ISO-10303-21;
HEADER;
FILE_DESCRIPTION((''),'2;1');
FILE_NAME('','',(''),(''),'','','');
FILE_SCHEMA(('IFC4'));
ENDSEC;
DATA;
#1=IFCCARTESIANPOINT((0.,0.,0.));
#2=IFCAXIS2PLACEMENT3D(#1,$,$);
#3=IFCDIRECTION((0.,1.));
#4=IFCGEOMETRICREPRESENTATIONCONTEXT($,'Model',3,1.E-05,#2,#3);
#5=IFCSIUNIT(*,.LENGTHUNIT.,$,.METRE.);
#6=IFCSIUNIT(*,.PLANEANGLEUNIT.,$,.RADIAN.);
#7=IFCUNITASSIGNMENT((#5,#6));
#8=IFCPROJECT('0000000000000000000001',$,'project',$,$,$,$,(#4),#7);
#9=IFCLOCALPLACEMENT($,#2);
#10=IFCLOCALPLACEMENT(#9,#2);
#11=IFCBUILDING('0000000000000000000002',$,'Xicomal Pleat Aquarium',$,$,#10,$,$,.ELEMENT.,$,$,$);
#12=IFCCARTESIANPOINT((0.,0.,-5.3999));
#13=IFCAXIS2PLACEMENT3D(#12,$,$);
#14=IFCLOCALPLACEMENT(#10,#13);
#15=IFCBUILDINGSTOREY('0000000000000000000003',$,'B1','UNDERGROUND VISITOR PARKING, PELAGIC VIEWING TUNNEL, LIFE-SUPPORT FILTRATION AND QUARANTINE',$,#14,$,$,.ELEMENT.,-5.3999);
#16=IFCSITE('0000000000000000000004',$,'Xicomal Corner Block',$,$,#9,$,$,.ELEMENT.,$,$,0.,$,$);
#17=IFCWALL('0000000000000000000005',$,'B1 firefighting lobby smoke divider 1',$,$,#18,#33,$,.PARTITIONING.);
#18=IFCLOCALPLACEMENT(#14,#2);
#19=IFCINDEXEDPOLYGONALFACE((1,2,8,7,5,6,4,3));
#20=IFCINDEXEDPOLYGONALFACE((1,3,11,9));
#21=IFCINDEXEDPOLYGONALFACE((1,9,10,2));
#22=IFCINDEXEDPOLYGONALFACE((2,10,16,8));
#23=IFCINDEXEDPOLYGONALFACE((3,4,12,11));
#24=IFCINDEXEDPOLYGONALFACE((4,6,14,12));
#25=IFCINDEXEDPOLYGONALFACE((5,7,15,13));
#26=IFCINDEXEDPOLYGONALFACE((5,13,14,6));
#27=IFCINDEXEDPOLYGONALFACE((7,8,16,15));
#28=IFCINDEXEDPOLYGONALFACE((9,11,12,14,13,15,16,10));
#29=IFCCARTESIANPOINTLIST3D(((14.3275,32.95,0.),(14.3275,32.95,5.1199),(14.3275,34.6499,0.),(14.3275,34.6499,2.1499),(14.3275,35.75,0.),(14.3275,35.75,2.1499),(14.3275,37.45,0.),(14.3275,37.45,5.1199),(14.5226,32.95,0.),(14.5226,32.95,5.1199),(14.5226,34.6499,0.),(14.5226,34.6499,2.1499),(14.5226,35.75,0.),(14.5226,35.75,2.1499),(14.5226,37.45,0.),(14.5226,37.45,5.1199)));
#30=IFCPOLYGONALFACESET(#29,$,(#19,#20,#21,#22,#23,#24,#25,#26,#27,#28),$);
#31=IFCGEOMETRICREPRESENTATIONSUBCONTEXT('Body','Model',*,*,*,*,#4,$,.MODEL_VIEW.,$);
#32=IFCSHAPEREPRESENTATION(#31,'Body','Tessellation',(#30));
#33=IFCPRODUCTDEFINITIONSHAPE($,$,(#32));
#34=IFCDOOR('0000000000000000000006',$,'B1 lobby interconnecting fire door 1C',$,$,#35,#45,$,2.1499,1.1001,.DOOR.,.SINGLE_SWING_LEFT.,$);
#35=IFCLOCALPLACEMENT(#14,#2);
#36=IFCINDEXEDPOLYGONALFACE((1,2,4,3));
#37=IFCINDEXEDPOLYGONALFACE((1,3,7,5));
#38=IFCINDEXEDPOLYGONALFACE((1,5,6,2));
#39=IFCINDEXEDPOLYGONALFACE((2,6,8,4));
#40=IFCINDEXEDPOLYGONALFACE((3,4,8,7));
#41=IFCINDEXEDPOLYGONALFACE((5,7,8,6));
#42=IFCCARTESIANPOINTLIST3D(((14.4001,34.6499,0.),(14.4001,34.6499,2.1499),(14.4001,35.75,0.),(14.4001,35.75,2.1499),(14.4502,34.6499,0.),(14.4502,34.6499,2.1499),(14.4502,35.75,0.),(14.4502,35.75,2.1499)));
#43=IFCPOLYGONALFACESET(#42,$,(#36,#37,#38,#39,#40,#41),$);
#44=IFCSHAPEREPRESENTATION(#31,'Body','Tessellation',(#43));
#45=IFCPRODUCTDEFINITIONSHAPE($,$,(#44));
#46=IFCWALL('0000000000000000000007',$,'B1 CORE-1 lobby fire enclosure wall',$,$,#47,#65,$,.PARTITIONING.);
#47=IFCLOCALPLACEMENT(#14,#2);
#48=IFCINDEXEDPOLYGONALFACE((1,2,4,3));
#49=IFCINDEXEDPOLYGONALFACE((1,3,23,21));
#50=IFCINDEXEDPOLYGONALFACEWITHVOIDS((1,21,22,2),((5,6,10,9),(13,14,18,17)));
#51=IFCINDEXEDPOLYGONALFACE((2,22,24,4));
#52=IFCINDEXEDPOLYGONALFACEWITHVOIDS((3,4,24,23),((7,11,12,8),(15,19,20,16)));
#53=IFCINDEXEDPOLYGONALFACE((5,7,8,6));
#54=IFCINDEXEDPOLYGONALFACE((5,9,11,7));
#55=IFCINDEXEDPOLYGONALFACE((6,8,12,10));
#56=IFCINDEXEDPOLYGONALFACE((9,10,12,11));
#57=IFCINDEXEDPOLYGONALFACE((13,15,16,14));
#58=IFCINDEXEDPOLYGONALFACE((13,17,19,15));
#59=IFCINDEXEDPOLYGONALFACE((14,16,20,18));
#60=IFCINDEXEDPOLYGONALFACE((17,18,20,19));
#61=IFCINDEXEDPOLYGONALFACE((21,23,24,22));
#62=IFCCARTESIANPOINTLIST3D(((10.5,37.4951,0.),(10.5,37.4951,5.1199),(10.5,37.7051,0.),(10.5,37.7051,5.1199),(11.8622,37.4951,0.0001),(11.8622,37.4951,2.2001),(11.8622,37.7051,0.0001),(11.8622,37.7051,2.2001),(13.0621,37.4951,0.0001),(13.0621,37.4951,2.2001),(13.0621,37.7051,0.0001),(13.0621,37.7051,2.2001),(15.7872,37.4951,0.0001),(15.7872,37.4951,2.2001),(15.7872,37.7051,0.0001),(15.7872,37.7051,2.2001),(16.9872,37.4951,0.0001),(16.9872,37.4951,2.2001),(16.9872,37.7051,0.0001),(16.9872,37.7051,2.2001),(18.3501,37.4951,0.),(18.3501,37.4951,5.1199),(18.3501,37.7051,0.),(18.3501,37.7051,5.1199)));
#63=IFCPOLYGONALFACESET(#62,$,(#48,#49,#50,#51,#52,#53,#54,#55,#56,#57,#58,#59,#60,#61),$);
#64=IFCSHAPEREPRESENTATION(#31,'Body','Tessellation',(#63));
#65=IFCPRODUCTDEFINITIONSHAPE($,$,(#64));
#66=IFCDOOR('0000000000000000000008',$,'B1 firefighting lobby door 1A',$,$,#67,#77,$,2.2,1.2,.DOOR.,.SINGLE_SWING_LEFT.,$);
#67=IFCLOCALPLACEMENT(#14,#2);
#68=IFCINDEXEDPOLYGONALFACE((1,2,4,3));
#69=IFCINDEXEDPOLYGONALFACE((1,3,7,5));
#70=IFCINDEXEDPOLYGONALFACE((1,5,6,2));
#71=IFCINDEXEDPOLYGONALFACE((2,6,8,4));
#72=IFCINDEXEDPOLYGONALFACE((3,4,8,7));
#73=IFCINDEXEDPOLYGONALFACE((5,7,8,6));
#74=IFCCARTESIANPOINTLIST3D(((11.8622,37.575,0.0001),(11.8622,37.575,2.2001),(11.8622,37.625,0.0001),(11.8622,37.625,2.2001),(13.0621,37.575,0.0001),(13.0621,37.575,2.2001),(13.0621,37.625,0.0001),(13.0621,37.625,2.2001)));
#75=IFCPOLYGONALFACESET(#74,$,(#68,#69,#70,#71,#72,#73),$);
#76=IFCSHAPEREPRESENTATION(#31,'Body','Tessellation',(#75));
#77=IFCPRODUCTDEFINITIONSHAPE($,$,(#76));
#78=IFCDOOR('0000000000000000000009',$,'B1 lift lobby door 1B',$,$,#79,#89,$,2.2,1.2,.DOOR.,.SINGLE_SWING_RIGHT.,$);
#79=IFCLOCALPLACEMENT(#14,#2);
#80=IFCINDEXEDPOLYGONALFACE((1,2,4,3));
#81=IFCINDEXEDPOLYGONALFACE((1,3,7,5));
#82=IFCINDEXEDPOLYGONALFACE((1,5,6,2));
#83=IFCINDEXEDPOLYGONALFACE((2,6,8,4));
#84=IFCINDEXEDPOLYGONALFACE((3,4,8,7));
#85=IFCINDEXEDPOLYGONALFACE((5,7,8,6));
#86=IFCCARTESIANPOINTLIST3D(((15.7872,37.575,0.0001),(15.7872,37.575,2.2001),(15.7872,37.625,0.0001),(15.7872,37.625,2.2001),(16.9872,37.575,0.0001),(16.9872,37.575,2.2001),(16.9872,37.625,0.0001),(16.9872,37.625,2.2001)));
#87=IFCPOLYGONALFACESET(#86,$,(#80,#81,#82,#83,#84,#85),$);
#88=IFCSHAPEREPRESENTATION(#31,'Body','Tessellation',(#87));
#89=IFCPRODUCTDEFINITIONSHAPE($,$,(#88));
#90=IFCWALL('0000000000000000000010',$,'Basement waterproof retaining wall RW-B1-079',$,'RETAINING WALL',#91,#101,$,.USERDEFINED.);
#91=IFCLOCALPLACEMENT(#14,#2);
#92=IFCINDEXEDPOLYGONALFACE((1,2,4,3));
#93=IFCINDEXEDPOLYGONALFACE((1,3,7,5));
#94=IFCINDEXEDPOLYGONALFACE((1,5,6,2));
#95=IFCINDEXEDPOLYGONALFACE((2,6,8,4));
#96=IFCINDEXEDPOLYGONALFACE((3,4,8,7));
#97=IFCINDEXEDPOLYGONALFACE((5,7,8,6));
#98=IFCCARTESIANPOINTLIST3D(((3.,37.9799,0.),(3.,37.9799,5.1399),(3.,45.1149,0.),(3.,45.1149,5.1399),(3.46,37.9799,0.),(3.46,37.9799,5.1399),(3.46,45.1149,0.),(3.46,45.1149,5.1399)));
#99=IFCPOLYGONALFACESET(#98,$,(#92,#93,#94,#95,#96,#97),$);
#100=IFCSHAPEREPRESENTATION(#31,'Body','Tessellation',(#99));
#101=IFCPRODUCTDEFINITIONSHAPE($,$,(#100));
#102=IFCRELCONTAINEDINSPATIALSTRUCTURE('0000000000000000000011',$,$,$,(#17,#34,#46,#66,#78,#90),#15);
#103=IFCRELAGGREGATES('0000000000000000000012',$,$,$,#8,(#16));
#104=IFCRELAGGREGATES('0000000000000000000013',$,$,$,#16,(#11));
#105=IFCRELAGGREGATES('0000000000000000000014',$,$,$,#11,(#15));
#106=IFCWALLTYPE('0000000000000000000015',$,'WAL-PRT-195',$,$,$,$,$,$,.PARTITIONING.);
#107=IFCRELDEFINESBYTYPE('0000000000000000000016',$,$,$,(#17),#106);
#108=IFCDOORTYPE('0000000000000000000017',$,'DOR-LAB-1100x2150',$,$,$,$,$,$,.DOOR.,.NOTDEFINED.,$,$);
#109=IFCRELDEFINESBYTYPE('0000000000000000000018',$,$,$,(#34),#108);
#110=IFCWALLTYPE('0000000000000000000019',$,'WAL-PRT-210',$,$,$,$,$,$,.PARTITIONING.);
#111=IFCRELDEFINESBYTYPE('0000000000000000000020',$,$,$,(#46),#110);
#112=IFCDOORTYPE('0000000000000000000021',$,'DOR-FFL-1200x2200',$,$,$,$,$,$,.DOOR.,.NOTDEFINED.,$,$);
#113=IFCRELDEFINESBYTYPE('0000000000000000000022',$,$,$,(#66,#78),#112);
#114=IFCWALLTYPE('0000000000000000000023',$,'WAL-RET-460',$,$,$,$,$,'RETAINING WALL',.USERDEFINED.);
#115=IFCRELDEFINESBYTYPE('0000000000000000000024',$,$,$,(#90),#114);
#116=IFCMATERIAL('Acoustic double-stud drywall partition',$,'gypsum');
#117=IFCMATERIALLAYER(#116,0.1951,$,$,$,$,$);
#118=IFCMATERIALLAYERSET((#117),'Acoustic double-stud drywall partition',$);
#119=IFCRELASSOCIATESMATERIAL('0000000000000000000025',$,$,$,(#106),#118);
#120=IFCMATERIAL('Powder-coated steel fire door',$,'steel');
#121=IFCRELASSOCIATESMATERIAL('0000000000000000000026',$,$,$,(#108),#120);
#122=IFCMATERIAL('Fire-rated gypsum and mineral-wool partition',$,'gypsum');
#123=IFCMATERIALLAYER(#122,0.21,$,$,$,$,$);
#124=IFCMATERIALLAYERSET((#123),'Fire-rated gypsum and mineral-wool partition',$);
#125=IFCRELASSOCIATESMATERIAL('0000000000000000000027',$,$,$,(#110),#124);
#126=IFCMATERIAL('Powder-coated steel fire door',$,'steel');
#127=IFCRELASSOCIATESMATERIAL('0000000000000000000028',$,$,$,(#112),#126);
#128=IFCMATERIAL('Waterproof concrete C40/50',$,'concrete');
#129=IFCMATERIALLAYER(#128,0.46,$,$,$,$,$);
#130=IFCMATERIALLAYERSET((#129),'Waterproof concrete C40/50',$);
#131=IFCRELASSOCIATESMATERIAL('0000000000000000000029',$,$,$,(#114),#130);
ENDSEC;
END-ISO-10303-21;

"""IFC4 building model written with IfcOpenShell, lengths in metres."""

from ifc_helpers import new_model, si_unit, direction, frame, frame_2d, origin, place, context, subcontext, project, spatial, rectangle, extrude, material, layer, layer_set, type_object, element, fill, save


model = new_model("IFC4")

# Units and contexts
model_context = context("Model", 3, precision=1e-05, world=origin(), true_north=direction((0.0, 1.0)))
body_context = subcontext(model_context, "Body", "Model", "MODEL_VIEW")
ifc_project = project(units=[si_unit("LENGTHUNIT", "METRE"), si_unit("PLANEANGLEUNIT", "RADIAN")], contexts=[model_context])

# Site, building, storey
site_placement = place(None, origin())
site = spatial("IfcSite", under=ifc_project, at=site_placement, Name="Xicomal Corner Block", CompositionType="ELEMENT", RefElevation=0.0)
building_placement = place(site_placement, origin())
building = spatial("IfcBuilding", under=site, at=building_placement, Name="Xicomal Pleat Aquarium", CompositionType="ELEMENT")
storey_placement = place(building_placement, frame((0.0, 0.0, -5.3999)))
storey = spatial("IfcBuildingStorey", under=building, at=storey_placement, Name="B1", Description="UNDERGROUND VISITOR PARKING, PELAGIC VIEWING TUNNEL, LIFE-SUPPORT FILTRATION AND QUARANTINE", CompositionType="ELEMENT", Elevation=-5.3999)

# Wall, opening, door
ifc_material_1 = material(Name="Acoustic double-stud drywall partition", Category="gypsum")
ifc_layer_1 = layer(ifc_material_1, 0.1951)
ifc_layer_set_1 = layer_set([ifc_layer_1], Name="Acoustic double-stud drywall partition")
wall_type_1 = type_object("IfcWallType", Name="WAL-PRT-195", PredefinedType="PARTITIONING", material=ifc_layer_set_1)
wall_1_placement = place(storey_placement, frame((14.425, 32.95, 0.0), z_axis=(0.0, 0.0, 1.0), x_axis=(0.0, 1.0, 0.0)))
wall_1 = element("IfcWall", 1, at=wall_1_placement, inside=storey, type_object=wall_type_1, Name="B1 firefighting lobby smoke divider 1", PredefinedType="PARTITIONING", context=body_context, shape_type="SweptSolid", body=[
    extrude(rectangle(XDim=4.5, YDim=0.1951, at=frame_2d((2.25, 0.0))), origin(), (0.0, 0.0, 1.0), 5.1199),
])
opening_1_placement = place(wall_1_placement, frame((1.7, 0.0, 0.0)))
opening_1 = element("IfcOpeningElement", 2, at=opening_1_placement, cuts=wall_1, PredefinedType="OPENING", context=body_context, shape_type="SweptSolid", body=[
    extrude(rectangle(XDim=1.1001, YDim=2.1499, at=frame_2d((0.55, 1.075))), frame((0.0, 0.1074, 0.0), z_axis=(0.0, -1.0, 0.0), x_axis=(1.0, 0.0, 0.0)), (0.0, 0.0, 1.0), 0.2151),
])
ifc_material_2 = material(Name="Powder-coated steel fire door", Category="steel")
door_type_1 = type_object("IfcDoorType", Name="DOR-LAB-1100x2150", OperationType="NOTDEFINED", PredefinedType="DOOR", material=ifc_material_2)
door_1_placement = place(opening_1_placement, origin())
door_1 = element("IfcDoor", 3, at=door_1_placement, inside=storey, type_object=door_type_1, Name="B1 lobby interconnecting fire door 1C", OperationType="SINGLE_SWING_LEFT", OverallHeight=2.1499, OverallWidth=1.1001, PredefinedType="DOOR", context=body_context, shape_type="SweptSolid", body=[
    extrude(rectangle(XDim=1.1001, YDim=2.1499, at=frame_2d((0.55, 1.075))), frame((0.0, 0.0249, 0.0), z_axis=(0.0, -1.0, 0.0), x_axis=(1.0, 0.0, 0.0)), (0.0, 0.0, 1.0), 0.05),
])
fill(opening_1, door_1)

# Wall, openings, doors
ifc_material_3 = material(Name="Fire-rated gypsum and mineral-wool partition", Category="gypsum")
ifc_layer_2 = layer(ifc_material_3, 0.21)
ifc_layer_set_2 = layer_set([ifc_layer_2], Name="Fire-rated gypsum and mineral-wool partition")
wall_type_2 = type_object("IfcWallType", Name="WAL-PRT-210", PredefinedType="PARTITIONING", material=ifc_layer_set_2)
wall_2_placement = place(storey_placement, frame((10.5, 37.6001, 0.0), z_axis=(0.0, 0.0, 1.0), x_axis=(1.0, 0.0, 0.0)))
wall_2 = element("IfcWall", 4, at=wall_2_placement, inside=storey, type_object=wall_type_2, Name="B1 CORE-1 lobby fire enclosure wall", PredefinedType="PARTITIONING", context=body_context, shape_type="SweptSolid", body=[
    extrude(rectangle(XDim=7.8501, YDim=0.21, at=frame_2d((3.925, 0.0))), origin(), (0.0, 0.0, 1.0), 5.1199),
])
opening_2_placement = place(wall_2_placement, frame((1.3621, 0.0, 0.0)))
opening_2 = element("IfcOpeningElement", 5, at=opening_2_placement, cuts=wall_2, PredefinedType="OPENING", context=body_context, shape_type="SweptSolid", body=[
    extrude(rectangle(XDim=1.2, YDim=2.2, at=frame_2d((0.6001, 1.1001))), frame((0.0, 0.115, 0.0), z_axis=(0.0, -1.0, 0.0), x_axis=(1.0, 0.0, 0.0)), (0.0, 0.0, 1.0), 0.23),
])
opening_3_placement = place(wall_2_placement, frame((5.2871, 0.0, 0.0)))
opening_3 = element("IfcOpeningElement", 6, at=opening_3_placement, cuts=wall_2, PredefinedType="OPENING", context=body_context, shape_type="SweptSolid", body=[
    extrude(rectangle(XDim=1.2, YDim=2.2, at=frame_2d((0.6001, 1.1001))), frame((0.0, 0.115, 0.0), z_axis=(0.0, -1.0, 0.0), x_axis=(1.0, 0.0, 0.0)), (0.0, 0.0, 1.0), 0.23),
])
ifc_material_4 = material(Name="Powder-coated steel fire door", Category="steel")
door_type_2 = type_object("IfcDoorType", Name="DOR-FFL-1200x2200", OperationType="NOTDEFINED", PredefinedType="DOOR", material=ifc_material_4)
door_2_placement = place(opening_2_placement, origin())
door_2 = element("IfcDoor", 7, at=door_2_placement, inside=storey, type_object=door_type_2, Name="B1 firefighting lobby door 1A", OperationType="SINGLE_SWING_LEFT", OverallHeight=2.2, OverallWidth=1.2, PredefinedType="DOOR", context=body_context, shape_type="SweptSolid", body=[
    extrude(rectangle(XDim=1.2, YDim=2.2, at=frame_2d((0.6001, 1.1001))), frame((0.0, 0.0249, 0.0), z_axis=(0.0, -1.0, 0.0), x_axis=(1.0, 0.0, 0.0)), (0.0, 0.0, 1.0), 0.05),
])
fill(opening_2, door_2)
door_3_placement = place(opening_3_placement, origin())
door_3 = element("IfcDoor", 8, at=door_3_placement, inside=storey, type_object=door_type_2, Name="B1 lift lobby door 1B", OperationType="SINGLE_SWING_RIGHT", OverallHeight=2.2, OverallWidth=1.2, PredefinedType="DOOR", context=body_context, shape_type="SweptSolid", body=[
    extrude(rectangle(XDim=1.2, YDim=2.2, at=frame_2d((0.6001, 1.1001))), frame((0.0, 0.0249, 0.0), z_axis=(0.0, -1.0, 0.0), x_axis=(1.0, 0.0, 0.0)), (0.0, 0.0, 1.0), 0.05),
])
fill(opening_3, door_3)

# Wall
ifc_material_5 = material(Name="Waterproof concrete C40/50", Category="concrete")
ifc_layer_3 = layer(ifc_material_5, 0.46)
ifc_layer_set_3 = layer_set([ifc_layer_3], Name="Waterproof concrete C40/50")
wall_type_3 = type_object("IfcWallType", Name="WAL-RET-460", ElementType="RETAINING WALL", PredefinedType="USERDEFINED", material=ifc_layer_set_3)
wall_3_placement = place(storey_placement, frame((3.23, 37.98, 0.0), z_axis=(0.0, 0.0, 1.0), x_axis=(0.0, 1.0, 0.0)))
element("IfcWall", 9, at=wall_3_placement, inside=storey, type_object=wall_type_3, Name="Basement waterproof retaining wall RW-B1-079", ObjectType="RETAINING WALL", PredefinedType="USERDEFINED", context=body_context, shape_type="SweptSolid", body=[
    extrude(rectangle(XDim=7.135, YDim=0.46, at=frame_2d((3.5674, 0.0))), origin(), (0.0, 0.0, 1.0), 5.1399),
])

save(model, "model.ifc")
